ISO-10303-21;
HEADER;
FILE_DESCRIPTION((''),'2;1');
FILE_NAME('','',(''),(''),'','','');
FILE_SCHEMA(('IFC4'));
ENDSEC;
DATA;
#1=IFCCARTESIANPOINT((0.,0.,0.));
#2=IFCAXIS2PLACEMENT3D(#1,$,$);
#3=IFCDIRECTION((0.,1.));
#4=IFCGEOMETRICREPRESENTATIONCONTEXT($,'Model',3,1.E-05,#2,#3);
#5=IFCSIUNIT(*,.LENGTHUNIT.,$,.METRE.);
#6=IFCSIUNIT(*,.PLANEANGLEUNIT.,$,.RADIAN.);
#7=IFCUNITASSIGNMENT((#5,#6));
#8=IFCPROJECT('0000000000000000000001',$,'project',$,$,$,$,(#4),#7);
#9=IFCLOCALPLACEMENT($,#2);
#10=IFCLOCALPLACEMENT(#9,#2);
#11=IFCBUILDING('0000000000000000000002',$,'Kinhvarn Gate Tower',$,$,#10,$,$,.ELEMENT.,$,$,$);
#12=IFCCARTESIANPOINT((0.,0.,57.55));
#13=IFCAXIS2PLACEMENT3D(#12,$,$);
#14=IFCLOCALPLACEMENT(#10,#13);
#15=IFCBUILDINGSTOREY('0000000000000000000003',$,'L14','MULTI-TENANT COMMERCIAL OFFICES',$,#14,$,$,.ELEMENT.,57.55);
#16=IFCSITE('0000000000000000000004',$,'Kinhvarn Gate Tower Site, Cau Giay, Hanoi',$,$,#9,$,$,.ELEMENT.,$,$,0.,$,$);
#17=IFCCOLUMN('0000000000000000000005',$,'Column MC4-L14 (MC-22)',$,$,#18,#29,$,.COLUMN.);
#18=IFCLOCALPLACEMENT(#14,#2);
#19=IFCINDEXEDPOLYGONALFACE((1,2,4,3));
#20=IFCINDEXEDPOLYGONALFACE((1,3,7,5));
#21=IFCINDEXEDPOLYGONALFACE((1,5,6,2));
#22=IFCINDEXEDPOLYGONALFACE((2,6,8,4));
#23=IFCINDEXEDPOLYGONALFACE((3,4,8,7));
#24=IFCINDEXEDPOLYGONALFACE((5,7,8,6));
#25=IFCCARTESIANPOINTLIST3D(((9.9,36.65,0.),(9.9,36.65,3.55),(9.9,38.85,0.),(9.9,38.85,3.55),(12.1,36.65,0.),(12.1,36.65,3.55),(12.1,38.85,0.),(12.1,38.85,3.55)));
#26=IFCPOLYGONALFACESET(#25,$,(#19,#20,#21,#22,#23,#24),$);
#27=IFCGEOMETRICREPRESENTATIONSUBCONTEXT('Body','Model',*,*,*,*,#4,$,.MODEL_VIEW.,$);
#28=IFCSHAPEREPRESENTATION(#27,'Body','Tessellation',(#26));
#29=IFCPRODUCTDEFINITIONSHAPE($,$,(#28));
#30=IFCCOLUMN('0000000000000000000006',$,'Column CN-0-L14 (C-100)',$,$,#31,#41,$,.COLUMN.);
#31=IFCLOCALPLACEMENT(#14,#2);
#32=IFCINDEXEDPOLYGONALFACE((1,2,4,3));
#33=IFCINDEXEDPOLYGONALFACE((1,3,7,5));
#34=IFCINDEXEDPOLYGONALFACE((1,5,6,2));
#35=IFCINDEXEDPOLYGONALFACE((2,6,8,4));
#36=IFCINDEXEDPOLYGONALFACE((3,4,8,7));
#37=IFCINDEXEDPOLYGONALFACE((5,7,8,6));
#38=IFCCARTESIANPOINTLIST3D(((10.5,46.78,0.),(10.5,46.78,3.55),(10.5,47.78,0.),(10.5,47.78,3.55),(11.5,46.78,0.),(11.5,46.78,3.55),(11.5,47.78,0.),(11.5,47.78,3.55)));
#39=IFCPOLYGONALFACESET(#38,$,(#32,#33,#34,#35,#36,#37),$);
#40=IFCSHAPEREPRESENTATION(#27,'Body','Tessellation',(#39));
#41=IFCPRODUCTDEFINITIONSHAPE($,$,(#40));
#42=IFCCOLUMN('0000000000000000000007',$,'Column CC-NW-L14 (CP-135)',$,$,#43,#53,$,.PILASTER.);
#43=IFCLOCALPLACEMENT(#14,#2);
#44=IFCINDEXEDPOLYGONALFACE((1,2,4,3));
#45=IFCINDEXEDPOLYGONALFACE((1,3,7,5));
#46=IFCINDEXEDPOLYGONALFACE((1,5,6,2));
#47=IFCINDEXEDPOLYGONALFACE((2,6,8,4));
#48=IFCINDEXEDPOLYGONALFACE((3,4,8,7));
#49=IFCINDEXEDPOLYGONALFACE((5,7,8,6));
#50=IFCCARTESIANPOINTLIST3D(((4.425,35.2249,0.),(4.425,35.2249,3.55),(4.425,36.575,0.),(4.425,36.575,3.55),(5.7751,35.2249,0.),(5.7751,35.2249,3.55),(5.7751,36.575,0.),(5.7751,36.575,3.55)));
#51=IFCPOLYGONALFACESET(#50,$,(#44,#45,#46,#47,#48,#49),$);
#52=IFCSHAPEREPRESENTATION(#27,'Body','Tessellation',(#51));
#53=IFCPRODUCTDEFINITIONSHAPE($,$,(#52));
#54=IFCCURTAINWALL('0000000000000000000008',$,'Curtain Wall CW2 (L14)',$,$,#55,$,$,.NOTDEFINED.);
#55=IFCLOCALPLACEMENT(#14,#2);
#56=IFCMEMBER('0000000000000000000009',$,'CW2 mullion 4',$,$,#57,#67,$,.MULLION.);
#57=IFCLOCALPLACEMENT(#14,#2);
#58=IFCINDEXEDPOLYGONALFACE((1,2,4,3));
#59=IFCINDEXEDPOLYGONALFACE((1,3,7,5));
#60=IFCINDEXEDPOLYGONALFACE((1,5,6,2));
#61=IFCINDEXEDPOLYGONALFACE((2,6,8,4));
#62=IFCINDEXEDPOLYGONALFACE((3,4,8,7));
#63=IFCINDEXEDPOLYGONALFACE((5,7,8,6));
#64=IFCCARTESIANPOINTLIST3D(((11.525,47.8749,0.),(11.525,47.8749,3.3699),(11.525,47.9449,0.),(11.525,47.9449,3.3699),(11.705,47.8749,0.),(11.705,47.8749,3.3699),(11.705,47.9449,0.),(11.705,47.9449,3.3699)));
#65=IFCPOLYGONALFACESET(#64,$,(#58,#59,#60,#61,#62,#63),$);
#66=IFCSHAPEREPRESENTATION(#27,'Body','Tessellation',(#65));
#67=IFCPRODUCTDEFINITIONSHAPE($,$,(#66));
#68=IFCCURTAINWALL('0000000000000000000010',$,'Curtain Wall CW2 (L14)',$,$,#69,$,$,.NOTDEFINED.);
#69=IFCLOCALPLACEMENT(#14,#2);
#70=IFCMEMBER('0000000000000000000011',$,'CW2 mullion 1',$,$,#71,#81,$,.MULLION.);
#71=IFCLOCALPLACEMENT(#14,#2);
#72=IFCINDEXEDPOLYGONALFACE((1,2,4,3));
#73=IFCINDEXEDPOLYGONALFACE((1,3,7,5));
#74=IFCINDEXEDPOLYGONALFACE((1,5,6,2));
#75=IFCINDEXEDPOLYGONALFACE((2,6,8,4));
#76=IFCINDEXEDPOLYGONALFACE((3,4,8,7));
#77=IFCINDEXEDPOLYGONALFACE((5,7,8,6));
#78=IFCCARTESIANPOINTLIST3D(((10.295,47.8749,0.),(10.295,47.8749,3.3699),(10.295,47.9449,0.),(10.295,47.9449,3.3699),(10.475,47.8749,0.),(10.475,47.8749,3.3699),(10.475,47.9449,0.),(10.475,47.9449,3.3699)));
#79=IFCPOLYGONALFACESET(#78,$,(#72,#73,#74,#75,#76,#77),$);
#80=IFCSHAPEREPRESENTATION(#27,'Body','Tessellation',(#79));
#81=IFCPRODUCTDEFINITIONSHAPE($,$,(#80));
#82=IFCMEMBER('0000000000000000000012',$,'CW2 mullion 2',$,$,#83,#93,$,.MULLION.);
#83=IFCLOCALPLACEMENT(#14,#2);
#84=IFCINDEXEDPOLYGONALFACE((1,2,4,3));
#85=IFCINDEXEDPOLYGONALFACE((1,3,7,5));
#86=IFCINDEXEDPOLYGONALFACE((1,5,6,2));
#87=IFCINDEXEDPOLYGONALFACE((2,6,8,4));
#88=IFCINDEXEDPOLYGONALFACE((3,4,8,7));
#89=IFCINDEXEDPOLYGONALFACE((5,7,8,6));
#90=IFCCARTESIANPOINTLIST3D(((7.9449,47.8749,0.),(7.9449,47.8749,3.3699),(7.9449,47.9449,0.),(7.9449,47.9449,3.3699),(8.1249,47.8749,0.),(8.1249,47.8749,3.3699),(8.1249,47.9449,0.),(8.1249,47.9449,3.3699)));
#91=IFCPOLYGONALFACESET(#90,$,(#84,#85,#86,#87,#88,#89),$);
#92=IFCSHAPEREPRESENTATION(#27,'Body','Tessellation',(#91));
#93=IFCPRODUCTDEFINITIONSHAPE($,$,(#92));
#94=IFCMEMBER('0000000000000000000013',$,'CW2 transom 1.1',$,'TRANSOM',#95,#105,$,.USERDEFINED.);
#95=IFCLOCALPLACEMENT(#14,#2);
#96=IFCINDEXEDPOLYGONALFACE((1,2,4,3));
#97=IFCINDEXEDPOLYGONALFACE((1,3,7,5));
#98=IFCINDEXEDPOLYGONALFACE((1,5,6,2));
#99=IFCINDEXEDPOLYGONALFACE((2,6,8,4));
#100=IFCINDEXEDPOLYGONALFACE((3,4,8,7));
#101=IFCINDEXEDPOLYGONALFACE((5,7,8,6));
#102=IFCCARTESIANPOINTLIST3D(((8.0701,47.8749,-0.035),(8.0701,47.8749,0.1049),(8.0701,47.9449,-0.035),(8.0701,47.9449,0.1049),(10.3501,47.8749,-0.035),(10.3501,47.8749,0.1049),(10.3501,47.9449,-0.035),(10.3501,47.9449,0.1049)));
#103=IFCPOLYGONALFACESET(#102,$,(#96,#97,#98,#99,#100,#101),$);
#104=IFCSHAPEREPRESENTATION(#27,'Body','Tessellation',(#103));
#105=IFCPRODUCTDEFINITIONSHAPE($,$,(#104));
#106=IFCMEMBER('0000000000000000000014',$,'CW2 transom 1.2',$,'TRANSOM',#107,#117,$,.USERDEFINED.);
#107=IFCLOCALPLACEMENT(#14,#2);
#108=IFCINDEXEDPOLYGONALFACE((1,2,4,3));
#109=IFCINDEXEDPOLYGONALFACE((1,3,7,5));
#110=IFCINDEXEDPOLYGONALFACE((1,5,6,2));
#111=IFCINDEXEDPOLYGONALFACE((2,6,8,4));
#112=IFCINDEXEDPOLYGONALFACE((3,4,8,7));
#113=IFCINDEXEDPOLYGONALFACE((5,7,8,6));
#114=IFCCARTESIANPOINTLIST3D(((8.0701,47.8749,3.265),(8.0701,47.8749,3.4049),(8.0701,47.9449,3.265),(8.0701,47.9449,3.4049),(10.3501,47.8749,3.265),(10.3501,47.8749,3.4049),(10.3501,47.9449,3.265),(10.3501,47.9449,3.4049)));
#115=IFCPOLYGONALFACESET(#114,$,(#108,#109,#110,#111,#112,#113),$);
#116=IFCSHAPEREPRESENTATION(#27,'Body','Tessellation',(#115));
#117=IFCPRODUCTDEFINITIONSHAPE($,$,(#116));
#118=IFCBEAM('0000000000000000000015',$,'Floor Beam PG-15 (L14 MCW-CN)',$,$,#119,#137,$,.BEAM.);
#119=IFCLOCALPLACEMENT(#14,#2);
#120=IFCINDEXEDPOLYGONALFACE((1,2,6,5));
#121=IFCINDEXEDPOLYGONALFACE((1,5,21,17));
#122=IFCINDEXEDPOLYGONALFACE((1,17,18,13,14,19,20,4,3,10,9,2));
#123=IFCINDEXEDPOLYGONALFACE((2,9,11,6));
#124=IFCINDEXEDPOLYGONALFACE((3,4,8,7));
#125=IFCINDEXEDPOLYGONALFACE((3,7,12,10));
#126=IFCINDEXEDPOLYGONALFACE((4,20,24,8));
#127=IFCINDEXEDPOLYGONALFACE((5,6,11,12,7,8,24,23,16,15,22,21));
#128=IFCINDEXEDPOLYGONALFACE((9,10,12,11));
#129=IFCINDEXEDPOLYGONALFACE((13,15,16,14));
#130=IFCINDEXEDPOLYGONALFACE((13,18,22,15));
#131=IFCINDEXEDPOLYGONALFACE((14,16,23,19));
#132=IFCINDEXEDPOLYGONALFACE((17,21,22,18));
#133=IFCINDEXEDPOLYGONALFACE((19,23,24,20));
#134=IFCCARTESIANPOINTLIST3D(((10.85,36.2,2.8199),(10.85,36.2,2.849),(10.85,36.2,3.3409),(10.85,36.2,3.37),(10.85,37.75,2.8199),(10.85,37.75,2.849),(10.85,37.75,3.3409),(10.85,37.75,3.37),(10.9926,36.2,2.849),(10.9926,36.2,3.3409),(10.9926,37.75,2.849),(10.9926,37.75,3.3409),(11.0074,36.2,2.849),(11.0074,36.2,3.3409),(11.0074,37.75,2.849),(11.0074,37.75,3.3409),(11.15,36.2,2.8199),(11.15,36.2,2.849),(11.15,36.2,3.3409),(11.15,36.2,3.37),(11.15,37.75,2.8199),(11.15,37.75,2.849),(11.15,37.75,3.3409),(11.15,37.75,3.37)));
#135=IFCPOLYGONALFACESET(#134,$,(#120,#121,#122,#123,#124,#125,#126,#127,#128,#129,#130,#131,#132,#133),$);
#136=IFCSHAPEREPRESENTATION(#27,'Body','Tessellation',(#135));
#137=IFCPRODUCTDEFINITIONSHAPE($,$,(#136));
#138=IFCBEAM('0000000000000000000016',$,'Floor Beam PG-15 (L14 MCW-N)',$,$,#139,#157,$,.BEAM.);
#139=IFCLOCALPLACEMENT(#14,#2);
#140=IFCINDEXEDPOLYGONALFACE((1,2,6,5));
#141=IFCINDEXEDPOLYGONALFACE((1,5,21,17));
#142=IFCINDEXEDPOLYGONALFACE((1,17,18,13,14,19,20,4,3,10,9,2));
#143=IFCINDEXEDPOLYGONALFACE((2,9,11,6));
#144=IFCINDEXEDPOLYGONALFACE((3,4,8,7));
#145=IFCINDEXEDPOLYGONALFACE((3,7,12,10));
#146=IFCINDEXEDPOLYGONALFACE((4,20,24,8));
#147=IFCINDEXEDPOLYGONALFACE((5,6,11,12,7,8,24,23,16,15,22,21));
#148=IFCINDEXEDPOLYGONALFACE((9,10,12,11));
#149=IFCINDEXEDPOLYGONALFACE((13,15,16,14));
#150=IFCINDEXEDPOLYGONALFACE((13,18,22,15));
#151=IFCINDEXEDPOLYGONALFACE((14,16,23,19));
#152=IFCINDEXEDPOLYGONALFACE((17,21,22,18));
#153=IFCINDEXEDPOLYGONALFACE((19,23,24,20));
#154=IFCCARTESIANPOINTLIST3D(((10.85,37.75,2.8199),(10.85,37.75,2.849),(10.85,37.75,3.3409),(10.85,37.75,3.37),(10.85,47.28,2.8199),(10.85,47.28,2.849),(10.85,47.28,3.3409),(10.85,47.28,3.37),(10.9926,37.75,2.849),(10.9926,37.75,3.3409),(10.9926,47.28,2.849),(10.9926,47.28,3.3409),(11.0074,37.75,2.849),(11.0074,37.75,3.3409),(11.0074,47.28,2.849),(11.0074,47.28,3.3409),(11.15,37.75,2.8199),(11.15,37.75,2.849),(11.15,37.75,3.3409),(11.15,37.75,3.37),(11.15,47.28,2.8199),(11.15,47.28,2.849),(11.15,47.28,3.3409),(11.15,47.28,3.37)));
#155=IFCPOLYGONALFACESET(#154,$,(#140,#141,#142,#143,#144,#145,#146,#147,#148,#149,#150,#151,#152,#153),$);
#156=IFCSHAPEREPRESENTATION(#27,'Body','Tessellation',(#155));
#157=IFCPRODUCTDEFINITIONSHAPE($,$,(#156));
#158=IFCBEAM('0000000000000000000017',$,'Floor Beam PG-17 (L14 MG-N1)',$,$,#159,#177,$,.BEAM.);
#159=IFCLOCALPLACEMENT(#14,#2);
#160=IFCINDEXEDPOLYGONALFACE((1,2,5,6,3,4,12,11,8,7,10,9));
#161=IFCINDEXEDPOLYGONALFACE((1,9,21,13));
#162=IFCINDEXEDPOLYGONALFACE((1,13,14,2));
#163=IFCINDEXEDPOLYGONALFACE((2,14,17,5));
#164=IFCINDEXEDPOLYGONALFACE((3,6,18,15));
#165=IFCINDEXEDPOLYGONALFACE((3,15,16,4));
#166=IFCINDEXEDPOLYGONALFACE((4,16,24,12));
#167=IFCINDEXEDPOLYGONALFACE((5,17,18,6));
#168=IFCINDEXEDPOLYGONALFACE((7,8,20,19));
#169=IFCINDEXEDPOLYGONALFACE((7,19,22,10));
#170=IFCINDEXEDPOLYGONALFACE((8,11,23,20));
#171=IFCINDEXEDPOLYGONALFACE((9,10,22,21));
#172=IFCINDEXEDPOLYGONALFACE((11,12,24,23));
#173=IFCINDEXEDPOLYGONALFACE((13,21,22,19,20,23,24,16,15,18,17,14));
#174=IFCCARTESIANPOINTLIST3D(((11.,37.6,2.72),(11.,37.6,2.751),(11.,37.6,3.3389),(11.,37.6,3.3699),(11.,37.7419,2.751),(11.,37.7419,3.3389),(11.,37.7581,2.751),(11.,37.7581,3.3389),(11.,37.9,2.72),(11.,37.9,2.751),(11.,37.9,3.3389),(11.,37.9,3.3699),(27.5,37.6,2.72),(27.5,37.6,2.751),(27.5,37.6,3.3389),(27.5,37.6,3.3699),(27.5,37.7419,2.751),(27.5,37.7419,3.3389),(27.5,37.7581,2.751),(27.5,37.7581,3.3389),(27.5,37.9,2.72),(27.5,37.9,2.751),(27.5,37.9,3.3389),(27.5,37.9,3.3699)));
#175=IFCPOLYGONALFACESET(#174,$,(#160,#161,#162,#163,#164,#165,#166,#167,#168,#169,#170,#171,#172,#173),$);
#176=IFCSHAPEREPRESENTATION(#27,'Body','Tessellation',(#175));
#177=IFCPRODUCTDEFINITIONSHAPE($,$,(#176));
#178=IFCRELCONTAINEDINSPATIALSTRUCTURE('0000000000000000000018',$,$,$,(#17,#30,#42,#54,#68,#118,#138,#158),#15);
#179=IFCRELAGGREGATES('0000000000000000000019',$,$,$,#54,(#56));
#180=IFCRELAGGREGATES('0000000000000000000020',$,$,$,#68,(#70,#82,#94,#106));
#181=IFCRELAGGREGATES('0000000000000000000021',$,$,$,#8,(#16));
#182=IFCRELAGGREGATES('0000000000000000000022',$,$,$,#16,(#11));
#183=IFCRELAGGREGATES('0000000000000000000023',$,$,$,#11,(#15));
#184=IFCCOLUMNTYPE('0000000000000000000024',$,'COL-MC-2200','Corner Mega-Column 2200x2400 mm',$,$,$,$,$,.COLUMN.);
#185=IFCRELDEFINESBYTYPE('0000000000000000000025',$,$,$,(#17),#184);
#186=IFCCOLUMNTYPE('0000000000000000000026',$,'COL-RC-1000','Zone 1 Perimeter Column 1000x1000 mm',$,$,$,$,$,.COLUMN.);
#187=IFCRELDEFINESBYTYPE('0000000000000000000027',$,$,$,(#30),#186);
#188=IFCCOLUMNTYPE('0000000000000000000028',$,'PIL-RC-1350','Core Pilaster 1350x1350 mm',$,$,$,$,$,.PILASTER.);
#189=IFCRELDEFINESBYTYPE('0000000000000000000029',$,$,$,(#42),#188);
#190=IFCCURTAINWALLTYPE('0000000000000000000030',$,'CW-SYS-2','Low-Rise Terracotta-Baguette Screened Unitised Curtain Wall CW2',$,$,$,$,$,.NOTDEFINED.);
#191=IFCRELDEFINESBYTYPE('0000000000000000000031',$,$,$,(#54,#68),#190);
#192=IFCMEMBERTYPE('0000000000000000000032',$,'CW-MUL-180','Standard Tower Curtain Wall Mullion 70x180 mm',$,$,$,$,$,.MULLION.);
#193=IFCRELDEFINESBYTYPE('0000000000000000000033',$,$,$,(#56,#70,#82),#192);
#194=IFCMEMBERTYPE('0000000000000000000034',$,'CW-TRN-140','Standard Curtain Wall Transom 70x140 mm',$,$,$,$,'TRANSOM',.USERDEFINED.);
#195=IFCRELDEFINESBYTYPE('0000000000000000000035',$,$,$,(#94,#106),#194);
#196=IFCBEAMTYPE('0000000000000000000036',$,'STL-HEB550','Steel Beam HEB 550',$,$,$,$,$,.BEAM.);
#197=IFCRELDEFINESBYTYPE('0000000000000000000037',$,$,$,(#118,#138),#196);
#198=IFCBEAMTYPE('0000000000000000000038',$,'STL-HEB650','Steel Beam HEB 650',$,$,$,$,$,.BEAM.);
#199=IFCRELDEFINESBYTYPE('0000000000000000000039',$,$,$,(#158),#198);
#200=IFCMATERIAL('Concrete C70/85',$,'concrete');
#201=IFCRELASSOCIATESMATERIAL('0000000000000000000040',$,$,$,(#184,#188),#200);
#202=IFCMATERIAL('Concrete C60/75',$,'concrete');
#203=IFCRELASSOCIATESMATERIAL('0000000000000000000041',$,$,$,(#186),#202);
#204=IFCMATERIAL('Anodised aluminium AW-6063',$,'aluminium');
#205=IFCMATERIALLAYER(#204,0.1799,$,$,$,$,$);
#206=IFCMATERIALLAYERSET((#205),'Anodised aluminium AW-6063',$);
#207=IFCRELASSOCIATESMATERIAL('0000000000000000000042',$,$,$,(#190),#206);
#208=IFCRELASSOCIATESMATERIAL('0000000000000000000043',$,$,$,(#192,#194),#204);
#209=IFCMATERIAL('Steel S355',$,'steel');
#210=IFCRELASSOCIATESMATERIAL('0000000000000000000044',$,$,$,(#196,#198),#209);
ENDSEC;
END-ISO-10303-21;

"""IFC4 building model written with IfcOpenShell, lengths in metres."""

from ifc_helpers import new_model, si_unit, direction, frame, origin, origin_2d, place, context, subcontext, project, spatial, rectangle, i_section, extrude, material, layer, layer_set, material_profile, profile_set, type_object, element, aggregate, save


model = new_model("IFC4")

# Units and contexts
model_context = context("Model", 3, precision=1e-05, world=origin(), true_north=direction((0.0, 1.0)))
body_context = subcontext(model_context, "Body", "Model", "MODEL_VIEW")
ifc_project = project(units=[si_unit("LENGTHUNIT", "METRE"), si_unit("PLANEANGLEUNIT", "RADIAN")], contexts=[model_context])

# Site, building, storey
site_placement = place(None, origin())
site = spatial("IfcSite", under=ifc_project, at=site_placement, Name="Kinhvarn Gate Tower Site, Cau Giay, Hanoi", CompositionType="ELEMENT", RefElevation=0.0)
building_placement = place(site_placement, origin())
building = spatial("IfcBuilding", under=site, at=building_placement, Name="Kinhvarn Gate Tower", CompositionType="ELEMENT")
storey_placement = place(building_placement, frame((0.0, 0.0, 57.55)))
storey = spatial("IfcBuildingStorey", under=building, at=storey_placement, Name="L14", Description="MULTI-TENANT COMMERCIAL OFFICES", CompositionType="ELEMENT", Elevation=57.55)

# Columns
ifc_material_1 = material(Name="Concrete C70/85", Category="concrete")
ifc_material_profile_1 = material_profile(ifc_material_1, rectangle(XDim=2.2, YDim=2.2, at=origin_2d()), Name="RC 2200x2200")
ifc_profile_set_1 = profile_set([ifc_material_profile_1], Name="Concrete C70/85")
column_type_1 = type_object("IfcColumnType", Name="COL-MC-2200", Description="Corner Mega-Column 2200x2400 mm", PredefinedType="COLUMN", material=ifc_profile_set_1)
column_1_placement = place(storey_placement, frame((11.0, 37.75, 0.0), z_axis=(0.0, 0.0, 1.0), x_axis=(1.0, 0.0, 0.0)))
element("IfcColumn", 1, at=column_1_placement, inside=storey, type_object=column_type_1, Name="Column MC4-L14 (MC-22)", PredefinedType="COLUMN", context=body_context, shape_type="SweptSolid", body=[
    extrude(rectangle(XDim=2.2, YDim=2.2, at=origin_2d()), origin(), (0.0, 0.0, 1.0), 3.55),
])
ifc_material_2 = material(Name="Concrete C60/75", Category="concrete")
ifc_material_profile_2 = material_profile(ifc_material_2, rectangle(XDim=1.0, YDim=1.0, at=origin_2d()), Name="RC 1000x1000")
ifc_profile_set_2 = profile_set([ifc_material_profile_2], Name="Concrete C60/75")
column_type_2 = type_object("IfcColumnType", Name="COL-RC-1000", Description="Zone 1 Perimeter Column 1000x1000 mm", PredefinedType="COLUMN", material=ifc_profile_set_2)
column_2_placement = place(storey_placement, frame((11.0, 47.28, 0.0), z_axis=(0.0, 0.0, 1.0), x_axis=(1.0, 0.0, 0.0)))
element("IfcColumn", 2, at=column_2_placement, inside=storey, type_object=column_type_2, Name="Column CN-0-L14 (C-100)", PredefinedType="COLUMN", context=body_context, shape_type="SweptSolid", body=[
    extrude(rectangle(XDim=1.0, YDim=1.0, at=origin_2d()), origin(), (0.0, 0.0, 1.0), 3.55),
])
ifc_material_profile_3 = material_profile(ifc_material_1, rectangle(XDim=1.3501, YDim=1.3501, at=origin_2d()), Name="RC 1350x1350")
ifc_profile_set_3 = profile_set([ifc_material_profile_3], Name="Concrete C70/85")
column_type_3 = type_object("IfcColumnType", Name="PIL-RC-1350", Description="Core Pilaster 1350x1350 mm", PredefinedType="PILASTER", material=ifc_profile_set_3)
column_3_placement = place(storey_placement, frame((5.1001, 35.8999, 0.0), z_axis=(0.0, 0.0, 1.0), x_axis=(1.0, 0.0, 0.0)))
element("IfcColumn", 3, at=column_3_placement, inside=storey, type_object=column_type_3, Name="Column CC-NW-L14 (CP-135)", PredefinedType="PILASTER", context=body_context, shape_type="SweptSolid", body=[
    extrude(rectangle(XDim=1.3501, YDim=1.3501, at=origin_2d()), origin(), (0.0, 0.0, 1.0), 3.55),
])

# Curtain wall, member
ifc_material_3 = material(Name="Anodised aluminium AW-6063", Category="aluminium")
ifc_layer_1 = layer(ifc_material_3, 0.1799)
ifc_layer_set_1 = layer_set([ifc_layer_1], Name="Anodised aluminium AW-6063")
curtain_wall_type = type_object("IfcCurtainWallType", Name="CW-SYS-2", Description="Low-Rise Terracotta-Baguette Screened Unitised Curtain Wall CW2", PredefinedType="NOTDEFINED", material=ifc_layer_set_1)
curtain_wall_1_placement = place(storey_placement, origin())
curtain_wall_1 = element("IfcCurtainWall", 4, at=curtain_wall_1_placement, inside=storey, type_object=curtain_wall_type, Name="Curtain Wall CW2 (L14)", PredefinedType="NOTDEFINED")
ifc_material_profile_4 = material_profile(ifc_material_3, rectangle(XDim=0.0701, YDim=0.1799, at=origin_2d()), Name="ALU 70x180")
ifc_profile_set_4 = profile_set([ifc_material_profile_4], Name="Anodised aluminium AW-6063")
member_type_1 = type_object("IfcMemberType", Name="CW-MUL-180", Description="Standard Tower Curtain Wall Mullion 70x180 mm", PredefinedType="MULLION", material=ifc_profile_set_4)
member_1_placement = place(storey_placement, frame((11.615, 47.9099, 0.0), z_axis=(0.0, 0.0, 1.0), x_axis=(0.0, -1.0, 0.0)))
member_1 = element("IfcMember", 5, at=member_1_placement, type_object=member_type_1, Name="CW2 mullion 4", PredefinedType="MULLION", context=body_context, shape_type="SweptSolid", body=[
    extrude(rectangle(XDim=0.0701, YDim=0.1799, at=origin_2d()), origin(), (0.0, 0.0, 1.0), 3.3699),
])
aggregate(curtain_wall_1, [member_1])

# Curtain wall, members
curtain_wall_2_placement = place(storey_placement, origin())
curtain_wall_2 = element("IfcCurtainWall", 6, at=curtain_wall_2_placement, inside=storey, type_object=curtain_wall_type, Name="Curtain Wall CW2 (L14)", PredefinedType="NOTDEFINED")
member_2_placement = place(storey_placement, frame((10.385, 47.9099, 0.0), z_axis=(0.0, 0.0, 1.0), x_axis=(0.0, -1.0, 0.0)))
member_2 = element("IfcMember", 7, at=member_2_placement, type_object=member_type_1, Name="CW2 mullion 1", PredefinedType="MULLION", context=body_context, shape_type="SweptSolid", body=[
    extrude(rectangle(XDim=0.0701, YDim=0.1799, at=origin_2d()), origin(), (0.0, 0.0, 1.0), 3.3699),
])
member_3_placement = place(storey_placement, frame((8.0349, 47.9099, 0.0), z_axis=(0.0, 0.0, 1.0), x_axis=(0.0, -1.0, 0.0)))
member_3 = element("IfcMember", 8, at=member_3_placement, type_object=member_type_1, Name="CW2 mullion 2", PredefinedType="MULLION", context=body_context, shape_type="SweptSolid", body=[
    extrude(rectangle(XDim=0.0701, YDim=0.1799, at=origin_2d()), origin(), (0.0, 0.0, 1.0), 3.3699),
])
ifc_material_profile_5 = material_profile(ifc_material_3, rectangle(XDim=0.0701, YDim=0.1399, at=origin_2d()), Name="ALU 70x140")
ifc_profile_set_5 = profile_set([ifc_material_profile_5], Name="Anodised aluminium AW-6063")
member_type_2 = type_object("IfcMemberType", Name="CW-TRN-140", Description="Standard Curtain Wall Transom 70x140 mm", ElementType="TRANSOM", PredefinedType="USERDEFINED", material=ifc_profile_set_5)
member_4_placement = place(storey_placement, frame((10.3501, 47.9099, 0.0349), z_axis=(-1.0, 0.0, 0.0), x_axis=(0.0, -1.0, 0.0)))
member_4 = element("IfcMember", 9, at=member_4_placement, type_object=member_type_2, Name="CW2 transom 1.1", ObjectType="TRANSOM", PredefinedType="USERDEFINED", context=body_context, shape_type="SweptSolid", body=[
    extrude(rectangle(XDim=0.0701, YDim=0.1399, at=origin_2d()), origin(), (0.0, 0.0, 1.0), 2.28),
])
member_5_placement = place(storey_placement, frame((10.3501, 47.9099, 3.335), z_axis=(-1.0, 0.0, 0.0), x_axis=(0.0, -1.0, 0.0)))
member_5 = element("IfcMember", 10, at=member_5_placement, type_object=member_type_2, Name="CW2 transom 1.2", ObjectType="TRANSOM", PredefinedType="USERDEFINED", context=body_context, shape_type="SweptSolid", body=[
    extrude(rectangle(XDim=0.0701, YDim=0.1399, at=origin_2d()), origin(), (0.0, 0.0, 1.0), 2.28),
])

# Beams
ifc_material_4 = material(Name="Steel S355", Category="steel")
ifc_material_profile_6 = material_profile(ifc_material_4, i_section(OverallWidth=0.3, OverallDepth=0.55, WebThickness=0.0149, FlangeThickness=0.0291, at=origin_2d()), Name="HEB 550")
ifc_profile_set_6 = profile_set([ifc_material_profile_6], Name="Steel S355")
beam_type_1 = type_object("IfcBeamType", Name="STL-HEB550", Description="Steel Beam HEB 550", PredefinedType="BEAM", material=ifc_profile_set_6)
beam_1_placement = place(storey_placement, frame((11.0, 36.2, 3.095), z_axis=(0.0, 1.0, 0.0), x_axis=(-1.0, 0.0, 0.0)))
element("IfcBeam", 11, at=beam_1_placement, inside=storey, type_object=beam_type_1, Name="Floor Beam PG-15 (L14 MCW-CN)", PredefinedType="BEAM", context=body_context, shape_type="SweptSolid", body=[
    extrude(i_section(OverallWidth=0.3, OverallDepth=0.55, WebThickness=0.0149, FlangeThickness=0.0291, at=origin_2d()), origin(), (0.0, 0.0, 1.0), 1.55),
])
beam_2_placement = place(storey_placement, frame((11.0, 37.75, 3.095), z_axis=(0.0, 1.0, 0.0), x_axis=(-1.0, 0.0, 0.0)))
element("IfcBeam", 12, at=beam_2_placement, inside=storey, type_object=beam_type_1, Name="Floor Beam PG-15 (L14 MCW-N)", PredefinedType="BEAM", context=body_context, shape_type="SweptSolid", body=[
    extrude(i_section(OverallWidth=0.3, OverallDepth=0.55, WebThickness=0.0149, FlangeThickness=0.0291, at=origin_2d()), origin(), (0.0, 0.0, 1.0), 9.53),
])
ifc_material_profile_7 = material_profile(ifc_material_4, i_section(OverallWidth=0.3, OverallDepth=0.6499, WebThickness=0.0161, FlangeThickness=0.031, at=origin_2d()), Name="HEB 650")
ifc_profile_set_7 = profile_set([ifc_material_profile_7], Name="Steel S355")
beam_type_2 = type_object("IfcBeamType", Name="STL-HEB650", Description="Steel Beam HEB 650", PredefinedType="BEAM", material=ifc_profile_set_7)
beam_3_placement = place(storey_placement, frame((11.0, 37.75, 3.0449), z_axis=(1.0, 0.0, 0.0), x_axis=(0.0, 1.0, 0.0)))
element("IfcBeam", 13, at=beam_3_placement, inside=storey, type_object=beam_type_2, Name="Floor Beam PG-17 (L14 MG-N1)", PredefinedType="BEAM", context=body_context, shape_type="SweptSolid", body=[
    extrude(i_section(OverallWidth=0.3, OverallDepth=0.6499, WebThickness=0.0161, FlangeThickness=0.031, at=origin_2d()), origin(), (0.0, 0.0, 1.0), 16.5),
])

aggregate(curtain_wall_2, [member_2, member_3, member_4, member_5])

save(model, "model.ifc")
